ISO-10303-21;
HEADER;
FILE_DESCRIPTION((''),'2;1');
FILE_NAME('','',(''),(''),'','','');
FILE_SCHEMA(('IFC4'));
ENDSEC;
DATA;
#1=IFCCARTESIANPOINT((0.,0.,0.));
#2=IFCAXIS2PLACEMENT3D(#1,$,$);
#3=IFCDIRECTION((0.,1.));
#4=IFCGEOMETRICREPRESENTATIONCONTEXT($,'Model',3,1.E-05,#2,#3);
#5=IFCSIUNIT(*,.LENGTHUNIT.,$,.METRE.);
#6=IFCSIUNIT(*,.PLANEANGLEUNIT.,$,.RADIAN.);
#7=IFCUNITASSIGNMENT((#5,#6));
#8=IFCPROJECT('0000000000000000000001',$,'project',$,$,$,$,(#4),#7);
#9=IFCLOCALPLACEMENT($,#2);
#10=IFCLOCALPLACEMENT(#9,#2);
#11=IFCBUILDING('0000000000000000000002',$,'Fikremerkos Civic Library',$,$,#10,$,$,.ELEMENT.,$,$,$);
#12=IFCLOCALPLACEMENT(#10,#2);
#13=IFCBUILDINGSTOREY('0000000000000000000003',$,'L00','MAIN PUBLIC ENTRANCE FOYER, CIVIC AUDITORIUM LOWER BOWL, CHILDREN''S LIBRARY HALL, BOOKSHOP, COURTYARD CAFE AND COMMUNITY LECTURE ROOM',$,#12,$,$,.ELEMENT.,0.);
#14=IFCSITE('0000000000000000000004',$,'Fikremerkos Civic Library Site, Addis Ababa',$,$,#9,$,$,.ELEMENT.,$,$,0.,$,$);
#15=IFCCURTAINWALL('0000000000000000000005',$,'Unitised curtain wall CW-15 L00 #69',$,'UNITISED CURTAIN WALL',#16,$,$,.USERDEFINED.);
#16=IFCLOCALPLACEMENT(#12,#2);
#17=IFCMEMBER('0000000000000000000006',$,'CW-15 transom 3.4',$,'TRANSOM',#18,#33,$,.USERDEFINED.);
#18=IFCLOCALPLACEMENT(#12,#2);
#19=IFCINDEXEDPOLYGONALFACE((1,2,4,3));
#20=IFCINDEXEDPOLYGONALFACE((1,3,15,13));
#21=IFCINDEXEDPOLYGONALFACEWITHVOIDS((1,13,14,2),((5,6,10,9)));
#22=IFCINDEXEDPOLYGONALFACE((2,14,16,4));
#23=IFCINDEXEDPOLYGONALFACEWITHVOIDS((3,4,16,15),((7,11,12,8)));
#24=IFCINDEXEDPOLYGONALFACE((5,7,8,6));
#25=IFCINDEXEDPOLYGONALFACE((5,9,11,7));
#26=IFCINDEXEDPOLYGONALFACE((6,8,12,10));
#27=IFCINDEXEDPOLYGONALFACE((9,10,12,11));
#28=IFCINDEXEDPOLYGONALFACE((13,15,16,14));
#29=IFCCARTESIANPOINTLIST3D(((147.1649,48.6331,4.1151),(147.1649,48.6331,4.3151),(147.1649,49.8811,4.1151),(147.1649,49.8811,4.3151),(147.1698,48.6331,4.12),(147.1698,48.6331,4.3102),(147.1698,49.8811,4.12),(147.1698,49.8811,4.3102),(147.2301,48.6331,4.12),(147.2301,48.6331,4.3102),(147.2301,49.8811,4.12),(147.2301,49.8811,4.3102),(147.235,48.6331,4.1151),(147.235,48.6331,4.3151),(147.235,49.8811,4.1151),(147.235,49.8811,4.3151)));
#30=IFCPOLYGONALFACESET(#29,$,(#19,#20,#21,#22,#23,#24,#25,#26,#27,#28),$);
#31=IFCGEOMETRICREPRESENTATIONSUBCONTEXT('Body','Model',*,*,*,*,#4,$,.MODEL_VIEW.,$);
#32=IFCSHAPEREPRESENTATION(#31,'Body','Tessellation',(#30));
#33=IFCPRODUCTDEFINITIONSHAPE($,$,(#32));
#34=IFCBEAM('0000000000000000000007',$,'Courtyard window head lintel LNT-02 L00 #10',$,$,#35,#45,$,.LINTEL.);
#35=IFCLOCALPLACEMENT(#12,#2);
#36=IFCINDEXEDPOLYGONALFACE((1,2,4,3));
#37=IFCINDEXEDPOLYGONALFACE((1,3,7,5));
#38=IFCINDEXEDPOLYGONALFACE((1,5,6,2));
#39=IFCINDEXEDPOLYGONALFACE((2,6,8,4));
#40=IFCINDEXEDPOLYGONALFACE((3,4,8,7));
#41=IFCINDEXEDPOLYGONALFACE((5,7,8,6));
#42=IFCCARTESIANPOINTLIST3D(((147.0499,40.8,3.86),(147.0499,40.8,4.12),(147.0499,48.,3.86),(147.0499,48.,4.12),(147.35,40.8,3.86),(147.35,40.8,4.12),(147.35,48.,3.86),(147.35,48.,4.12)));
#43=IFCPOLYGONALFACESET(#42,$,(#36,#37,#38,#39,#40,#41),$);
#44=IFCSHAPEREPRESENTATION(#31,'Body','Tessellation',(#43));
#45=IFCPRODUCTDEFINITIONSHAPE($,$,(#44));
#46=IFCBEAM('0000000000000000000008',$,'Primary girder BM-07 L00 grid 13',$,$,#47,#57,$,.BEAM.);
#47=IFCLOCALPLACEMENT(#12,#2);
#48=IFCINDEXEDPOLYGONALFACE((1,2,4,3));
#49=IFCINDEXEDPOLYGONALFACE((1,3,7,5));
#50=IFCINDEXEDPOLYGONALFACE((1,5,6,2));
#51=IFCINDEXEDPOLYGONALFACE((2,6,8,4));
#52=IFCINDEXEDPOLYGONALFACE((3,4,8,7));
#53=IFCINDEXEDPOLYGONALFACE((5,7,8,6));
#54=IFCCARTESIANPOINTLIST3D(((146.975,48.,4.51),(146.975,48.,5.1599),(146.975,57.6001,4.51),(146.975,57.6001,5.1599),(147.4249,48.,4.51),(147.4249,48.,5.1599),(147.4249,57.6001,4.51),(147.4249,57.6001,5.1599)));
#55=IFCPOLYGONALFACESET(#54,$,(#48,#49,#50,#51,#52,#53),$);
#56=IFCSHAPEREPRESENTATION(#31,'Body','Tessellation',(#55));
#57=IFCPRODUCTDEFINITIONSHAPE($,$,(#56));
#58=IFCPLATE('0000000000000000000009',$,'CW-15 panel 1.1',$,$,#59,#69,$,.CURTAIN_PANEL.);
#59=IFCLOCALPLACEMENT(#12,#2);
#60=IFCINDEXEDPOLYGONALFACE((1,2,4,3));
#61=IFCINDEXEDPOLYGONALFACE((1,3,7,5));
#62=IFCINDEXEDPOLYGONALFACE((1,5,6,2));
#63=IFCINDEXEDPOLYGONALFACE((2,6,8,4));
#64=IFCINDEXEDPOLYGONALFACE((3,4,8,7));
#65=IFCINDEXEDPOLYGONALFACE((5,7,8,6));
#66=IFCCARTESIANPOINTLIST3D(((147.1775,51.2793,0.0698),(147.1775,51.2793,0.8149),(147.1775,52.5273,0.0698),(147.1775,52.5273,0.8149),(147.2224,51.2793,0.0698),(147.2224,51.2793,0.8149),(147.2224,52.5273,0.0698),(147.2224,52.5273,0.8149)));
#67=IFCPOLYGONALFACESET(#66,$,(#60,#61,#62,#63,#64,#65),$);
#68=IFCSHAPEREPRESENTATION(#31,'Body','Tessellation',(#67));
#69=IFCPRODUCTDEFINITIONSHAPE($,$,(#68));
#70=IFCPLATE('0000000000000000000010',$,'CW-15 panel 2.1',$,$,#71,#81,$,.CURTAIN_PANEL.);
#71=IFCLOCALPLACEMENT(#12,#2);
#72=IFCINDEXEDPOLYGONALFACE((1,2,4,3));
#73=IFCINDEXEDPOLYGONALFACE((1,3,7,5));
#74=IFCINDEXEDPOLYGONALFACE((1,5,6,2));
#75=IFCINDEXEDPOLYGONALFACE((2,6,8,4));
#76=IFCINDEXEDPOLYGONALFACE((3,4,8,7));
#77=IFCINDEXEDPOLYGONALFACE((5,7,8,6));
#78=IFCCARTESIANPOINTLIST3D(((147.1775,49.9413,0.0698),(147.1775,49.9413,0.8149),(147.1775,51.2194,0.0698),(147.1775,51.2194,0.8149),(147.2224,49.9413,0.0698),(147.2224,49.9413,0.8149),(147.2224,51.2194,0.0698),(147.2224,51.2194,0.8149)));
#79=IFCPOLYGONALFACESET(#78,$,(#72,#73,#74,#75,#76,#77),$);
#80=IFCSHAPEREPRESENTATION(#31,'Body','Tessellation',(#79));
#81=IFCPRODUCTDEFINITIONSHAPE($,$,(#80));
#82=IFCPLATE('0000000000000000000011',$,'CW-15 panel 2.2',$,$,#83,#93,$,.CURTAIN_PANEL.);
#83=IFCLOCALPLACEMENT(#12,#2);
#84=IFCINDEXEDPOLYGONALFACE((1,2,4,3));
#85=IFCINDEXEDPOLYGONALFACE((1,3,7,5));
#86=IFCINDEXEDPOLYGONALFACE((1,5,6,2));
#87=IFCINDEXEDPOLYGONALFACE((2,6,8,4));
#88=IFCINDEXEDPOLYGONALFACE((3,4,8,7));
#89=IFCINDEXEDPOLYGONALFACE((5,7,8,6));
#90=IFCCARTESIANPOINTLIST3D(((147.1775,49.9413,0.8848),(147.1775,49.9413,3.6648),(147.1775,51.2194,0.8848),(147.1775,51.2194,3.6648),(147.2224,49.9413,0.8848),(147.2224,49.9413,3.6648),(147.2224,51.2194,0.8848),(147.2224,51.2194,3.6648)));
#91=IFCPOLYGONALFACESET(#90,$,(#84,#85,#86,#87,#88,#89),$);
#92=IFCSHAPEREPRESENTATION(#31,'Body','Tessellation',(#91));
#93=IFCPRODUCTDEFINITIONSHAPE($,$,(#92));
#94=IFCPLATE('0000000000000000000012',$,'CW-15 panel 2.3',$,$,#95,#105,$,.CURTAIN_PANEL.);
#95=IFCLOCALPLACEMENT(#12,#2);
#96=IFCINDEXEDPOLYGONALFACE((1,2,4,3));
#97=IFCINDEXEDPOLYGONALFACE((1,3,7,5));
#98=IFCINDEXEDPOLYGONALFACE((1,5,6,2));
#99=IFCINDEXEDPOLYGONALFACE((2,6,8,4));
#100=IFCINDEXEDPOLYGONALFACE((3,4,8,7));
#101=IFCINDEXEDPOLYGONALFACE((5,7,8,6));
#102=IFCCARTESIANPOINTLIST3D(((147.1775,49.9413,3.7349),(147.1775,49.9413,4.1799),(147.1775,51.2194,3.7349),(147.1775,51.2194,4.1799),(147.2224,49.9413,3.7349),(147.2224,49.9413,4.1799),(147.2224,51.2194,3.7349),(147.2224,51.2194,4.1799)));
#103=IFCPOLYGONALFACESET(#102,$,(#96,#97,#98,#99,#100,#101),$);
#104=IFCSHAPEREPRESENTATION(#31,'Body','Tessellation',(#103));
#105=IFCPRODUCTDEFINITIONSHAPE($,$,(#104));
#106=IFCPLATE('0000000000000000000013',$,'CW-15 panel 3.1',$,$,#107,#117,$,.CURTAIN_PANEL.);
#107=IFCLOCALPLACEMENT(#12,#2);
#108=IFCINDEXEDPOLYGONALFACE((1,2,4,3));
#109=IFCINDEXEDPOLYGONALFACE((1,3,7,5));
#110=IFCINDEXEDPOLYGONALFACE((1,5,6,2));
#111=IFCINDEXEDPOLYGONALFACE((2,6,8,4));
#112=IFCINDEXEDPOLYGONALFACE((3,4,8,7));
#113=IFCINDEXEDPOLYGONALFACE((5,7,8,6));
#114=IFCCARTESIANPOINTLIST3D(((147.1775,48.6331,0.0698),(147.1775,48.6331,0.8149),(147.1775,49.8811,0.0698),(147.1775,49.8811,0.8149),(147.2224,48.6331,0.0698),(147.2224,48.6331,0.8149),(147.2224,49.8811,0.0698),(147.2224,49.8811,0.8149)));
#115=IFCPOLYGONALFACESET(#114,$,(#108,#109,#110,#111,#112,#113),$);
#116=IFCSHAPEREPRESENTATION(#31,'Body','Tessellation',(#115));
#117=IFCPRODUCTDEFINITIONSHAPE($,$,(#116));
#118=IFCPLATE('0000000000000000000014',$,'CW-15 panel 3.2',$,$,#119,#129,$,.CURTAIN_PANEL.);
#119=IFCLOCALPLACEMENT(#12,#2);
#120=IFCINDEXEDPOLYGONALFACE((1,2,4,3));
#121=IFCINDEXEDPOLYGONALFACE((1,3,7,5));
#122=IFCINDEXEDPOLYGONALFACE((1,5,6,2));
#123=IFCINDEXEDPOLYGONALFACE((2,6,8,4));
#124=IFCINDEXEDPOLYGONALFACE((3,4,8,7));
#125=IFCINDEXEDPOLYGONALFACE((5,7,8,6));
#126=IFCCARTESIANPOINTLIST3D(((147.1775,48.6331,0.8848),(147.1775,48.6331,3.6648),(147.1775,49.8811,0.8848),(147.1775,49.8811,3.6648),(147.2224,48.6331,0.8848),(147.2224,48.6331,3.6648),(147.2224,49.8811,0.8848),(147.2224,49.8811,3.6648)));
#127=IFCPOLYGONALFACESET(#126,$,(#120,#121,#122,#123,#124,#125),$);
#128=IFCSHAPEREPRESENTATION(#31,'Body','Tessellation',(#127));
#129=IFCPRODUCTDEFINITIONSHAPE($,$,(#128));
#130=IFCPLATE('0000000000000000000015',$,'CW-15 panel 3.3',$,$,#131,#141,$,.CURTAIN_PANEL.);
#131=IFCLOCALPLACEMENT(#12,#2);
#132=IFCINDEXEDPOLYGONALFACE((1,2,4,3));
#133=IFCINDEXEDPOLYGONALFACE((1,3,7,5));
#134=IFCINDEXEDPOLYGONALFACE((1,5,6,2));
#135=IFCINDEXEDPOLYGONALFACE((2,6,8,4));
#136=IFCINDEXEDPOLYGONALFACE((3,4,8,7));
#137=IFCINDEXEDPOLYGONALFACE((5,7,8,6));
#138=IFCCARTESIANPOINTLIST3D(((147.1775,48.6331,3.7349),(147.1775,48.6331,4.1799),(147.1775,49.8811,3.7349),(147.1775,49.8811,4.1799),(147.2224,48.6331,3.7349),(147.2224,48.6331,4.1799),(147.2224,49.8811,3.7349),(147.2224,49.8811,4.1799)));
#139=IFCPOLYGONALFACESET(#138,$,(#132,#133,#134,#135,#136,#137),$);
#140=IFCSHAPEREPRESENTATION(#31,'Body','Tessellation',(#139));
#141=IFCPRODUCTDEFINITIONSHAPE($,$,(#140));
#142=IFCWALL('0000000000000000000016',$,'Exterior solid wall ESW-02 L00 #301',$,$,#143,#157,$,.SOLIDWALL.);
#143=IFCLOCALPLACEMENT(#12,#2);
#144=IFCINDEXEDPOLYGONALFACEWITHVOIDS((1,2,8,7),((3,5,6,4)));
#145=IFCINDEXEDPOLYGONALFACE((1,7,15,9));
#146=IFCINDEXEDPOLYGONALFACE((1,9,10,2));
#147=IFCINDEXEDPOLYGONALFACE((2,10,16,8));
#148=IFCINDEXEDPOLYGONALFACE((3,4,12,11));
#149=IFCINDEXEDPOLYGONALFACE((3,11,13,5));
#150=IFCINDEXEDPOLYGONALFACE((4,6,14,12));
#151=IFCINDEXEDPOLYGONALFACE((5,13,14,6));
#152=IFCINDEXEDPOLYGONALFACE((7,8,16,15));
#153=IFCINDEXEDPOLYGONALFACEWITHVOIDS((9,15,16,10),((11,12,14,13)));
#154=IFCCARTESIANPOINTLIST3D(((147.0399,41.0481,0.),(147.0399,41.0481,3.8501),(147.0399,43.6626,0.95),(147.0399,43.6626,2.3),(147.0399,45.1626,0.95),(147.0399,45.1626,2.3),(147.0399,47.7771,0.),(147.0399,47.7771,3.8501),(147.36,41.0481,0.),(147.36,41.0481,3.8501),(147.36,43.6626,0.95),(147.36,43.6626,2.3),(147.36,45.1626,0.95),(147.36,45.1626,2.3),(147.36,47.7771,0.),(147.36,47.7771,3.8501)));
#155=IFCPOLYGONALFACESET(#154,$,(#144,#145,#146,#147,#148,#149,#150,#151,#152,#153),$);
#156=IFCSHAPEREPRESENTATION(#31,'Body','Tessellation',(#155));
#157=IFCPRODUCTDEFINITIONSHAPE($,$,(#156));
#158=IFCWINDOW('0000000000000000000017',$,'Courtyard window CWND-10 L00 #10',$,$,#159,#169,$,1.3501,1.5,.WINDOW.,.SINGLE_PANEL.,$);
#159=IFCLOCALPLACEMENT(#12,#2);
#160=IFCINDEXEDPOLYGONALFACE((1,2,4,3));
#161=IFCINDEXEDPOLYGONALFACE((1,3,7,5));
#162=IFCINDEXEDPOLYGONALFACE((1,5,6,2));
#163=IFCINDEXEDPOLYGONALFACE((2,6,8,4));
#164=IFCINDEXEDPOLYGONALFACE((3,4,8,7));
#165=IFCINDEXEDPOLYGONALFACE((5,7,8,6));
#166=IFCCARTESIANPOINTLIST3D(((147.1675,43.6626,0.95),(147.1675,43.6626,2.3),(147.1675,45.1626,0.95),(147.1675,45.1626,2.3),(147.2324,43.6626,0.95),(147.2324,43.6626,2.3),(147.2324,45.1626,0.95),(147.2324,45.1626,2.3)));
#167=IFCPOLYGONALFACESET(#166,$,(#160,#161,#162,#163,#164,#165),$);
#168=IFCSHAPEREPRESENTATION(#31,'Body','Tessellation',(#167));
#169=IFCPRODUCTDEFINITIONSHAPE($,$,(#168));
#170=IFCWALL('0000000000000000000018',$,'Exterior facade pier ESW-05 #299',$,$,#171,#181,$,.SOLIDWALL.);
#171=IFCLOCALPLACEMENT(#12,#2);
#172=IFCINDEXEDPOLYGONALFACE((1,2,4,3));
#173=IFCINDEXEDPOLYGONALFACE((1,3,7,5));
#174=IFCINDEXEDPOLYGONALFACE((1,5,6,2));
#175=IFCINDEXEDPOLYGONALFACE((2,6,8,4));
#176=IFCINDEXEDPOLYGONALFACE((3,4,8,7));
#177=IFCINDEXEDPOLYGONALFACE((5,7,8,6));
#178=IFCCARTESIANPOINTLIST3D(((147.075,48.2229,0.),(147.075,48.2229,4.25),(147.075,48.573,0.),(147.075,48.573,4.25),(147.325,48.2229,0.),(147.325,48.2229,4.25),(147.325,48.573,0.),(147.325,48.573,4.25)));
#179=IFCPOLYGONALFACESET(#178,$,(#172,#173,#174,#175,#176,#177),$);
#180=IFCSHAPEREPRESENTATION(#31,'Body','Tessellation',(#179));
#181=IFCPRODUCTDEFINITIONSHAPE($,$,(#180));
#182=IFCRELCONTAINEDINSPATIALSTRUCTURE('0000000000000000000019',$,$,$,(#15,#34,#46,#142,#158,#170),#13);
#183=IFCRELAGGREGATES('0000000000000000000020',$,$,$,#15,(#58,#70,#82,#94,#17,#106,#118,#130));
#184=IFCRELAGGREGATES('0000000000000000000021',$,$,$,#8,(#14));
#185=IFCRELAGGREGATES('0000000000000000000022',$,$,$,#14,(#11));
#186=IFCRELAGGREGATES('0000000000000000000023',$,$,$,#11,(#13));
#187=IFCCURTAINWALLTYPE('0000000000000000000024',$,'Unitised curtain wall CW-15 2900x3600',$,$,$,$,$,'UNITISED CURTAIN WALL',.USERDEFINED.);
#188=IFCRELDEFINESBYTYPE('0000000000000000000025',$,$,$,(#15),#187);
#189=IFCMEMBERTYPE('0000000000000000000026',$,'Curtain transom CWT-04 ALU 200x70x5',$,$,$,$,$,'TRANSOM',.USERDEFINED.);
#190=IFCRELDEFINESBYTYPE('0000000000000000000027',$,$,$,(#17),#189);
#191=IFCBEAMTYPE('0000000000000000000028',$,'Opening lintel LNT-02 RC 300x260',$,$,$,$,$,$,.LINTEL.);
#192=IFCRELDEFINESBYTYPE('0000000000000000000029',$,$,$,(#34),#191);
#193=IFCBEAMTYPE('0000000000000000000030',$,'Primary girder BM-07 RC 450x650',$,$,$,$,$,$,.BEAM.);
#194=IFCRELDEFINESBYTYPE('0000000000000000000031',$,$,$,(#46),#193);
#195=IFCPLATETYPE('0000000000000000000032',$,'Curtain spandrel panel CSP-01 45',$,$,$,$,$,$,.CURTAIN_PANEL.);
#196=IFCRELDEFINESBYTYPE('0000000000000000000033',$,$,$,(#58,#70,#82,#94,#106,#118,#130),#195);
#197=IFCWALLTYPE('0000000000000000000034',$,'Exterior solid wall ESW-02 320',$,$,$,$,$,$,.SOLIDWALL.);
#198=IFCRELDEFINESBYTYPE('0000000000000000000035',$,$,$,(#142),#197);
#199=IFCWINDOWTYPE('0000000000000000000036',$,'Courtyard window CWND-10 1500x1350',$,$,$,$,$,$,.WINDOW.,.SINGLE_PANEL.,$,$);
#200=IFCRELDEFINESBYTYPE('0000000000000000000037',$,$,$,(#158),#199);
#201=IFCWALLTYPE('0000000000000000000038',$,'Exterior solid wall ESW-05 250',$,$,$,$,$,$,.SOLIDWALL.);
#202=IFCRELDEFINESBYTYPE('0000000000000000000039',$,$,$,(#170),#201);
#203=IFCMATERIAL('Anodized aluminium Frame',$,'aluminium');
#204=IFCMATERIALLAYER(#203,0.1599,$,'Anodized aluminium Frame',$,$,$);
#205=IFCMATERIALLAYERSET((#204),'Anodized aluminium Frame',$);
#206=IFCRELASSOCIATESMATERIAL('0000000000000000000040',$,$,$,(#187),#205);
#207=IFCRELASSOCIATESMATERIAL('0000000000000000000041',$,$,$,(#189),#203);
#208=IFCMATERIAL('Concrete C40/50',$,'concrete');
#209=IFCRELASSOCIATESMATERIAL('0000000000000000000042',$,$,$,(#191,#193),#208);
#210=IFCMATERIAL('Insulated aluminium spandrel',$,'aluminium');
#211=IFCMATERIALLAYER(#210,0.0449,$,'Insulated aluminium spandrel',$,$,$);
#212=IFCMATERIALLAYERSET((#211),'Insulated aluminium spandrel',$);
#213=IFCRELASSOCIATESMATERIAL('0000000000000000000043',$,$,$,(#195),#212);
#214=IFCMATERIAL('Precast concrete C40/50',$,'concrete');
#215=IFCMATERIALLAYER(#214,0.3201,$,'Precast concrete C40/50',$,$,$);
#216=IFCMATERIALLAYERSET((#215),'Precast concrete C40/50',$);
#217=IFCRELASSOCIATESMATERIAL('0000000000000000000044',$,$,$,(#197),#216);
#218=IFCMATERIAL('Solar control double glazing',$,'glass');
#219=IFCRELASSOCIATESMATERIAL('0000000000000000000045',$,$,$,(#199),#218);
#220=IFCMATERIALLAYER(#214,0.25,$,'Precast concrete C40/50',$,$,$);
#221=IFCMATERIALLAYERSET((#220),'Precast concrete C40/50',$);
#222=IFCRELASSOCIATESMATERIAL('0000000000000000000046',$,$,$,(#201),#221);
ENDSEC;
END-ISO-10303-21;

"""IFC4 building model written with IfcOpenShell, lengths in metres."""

from ifc_helpers import new_model, si_unit, direction, frame, frame_2d, origin, origin_2d, place, context, subcontext, project, spatial, rectangle, hollow_rectangle, extrude, material, layer, layer_set, material_profile, profile_set, type_object, element, fill, aggregate, save


model = new_model("IFC4")

# Units and contexts
model_context = context("Model", 3, precision=1e-05, world=origin(), true_north=direction((0.0, 1.0)))
body_context = subcontext(model_context, "Body", "Model", "MODEL_VIEW")
ifc_project = project(units=[si_unit("LENGTHUNIT", "METRE"), si_unit("PLANEANGLEUNIT", "RADIAN")], contexts=[model_context])

# Site, building, storey
site_placement = place(None, origin())
site = spatial("IfcSite", under=ifc_project, at=site_placement, Name="Fikremerkos Civic Library Site, Addis Ababa", CompositionType="ELEMENT", RefElevation=0.0)
building_placement = place(site_placement, origin())
building = spatial("IfcBuilding", under=site, at=building_placement, Name="Fikremerkos Civic Library", CompositionType="ELEMENT")
storey_placement = place(building_placement, origin())
storey = spatial("IfcBuildingStorey", under=building, at=storey_placement, Name="L00", Description="MAIN PUBLIC ENTRANCE FOYER, CIVIC AUDITORIUM LOWER BOWL, CHILDREN'S LIBRARY HALL, BOOKSHOP, COURTYARD CAFE AND COMMUNITY LECTURE ROOM", CompositionType="ELEMENT", Elevation=0.0)

# Shared definitions
ifc_material_1 = material(Name="Concrete C40/50", Category="concrete")

# Curtain wall, member
ifc_material_2 = material(Name="Anodized aluminium Frame", Category="aluminium")
ifc_layer_1 = layer(ifc_material_2, 0.1599, Name="Anodized aluminium Frame")
ifc_layer_set_1 = layer_set([ifc_layer_1], Name="Anodized aluminium Frame")
curtain_wall_type = type_object("IfcCurtainWallType", Name="Unitised curtain wall CW-15 2900x3600", ElementType="UNITISED CURTAIN WALL", PredefinedType="USERDEFINED", material=ifc_layer_set_1)
curtain_wall_placement = place(storey_placement, origin())
curtain_wall = element("IfcCurtainWall", 1, at=curtain_wall_placement, inside=storey, type_object=curtain_wall_type, Name="Unitised curtain wall CW-15 L00 #69", ObjectType="UNITISED CURTAIN WALL", PredefinedType="USERDEFINED")
ifc_material_profile_1 = material_profile(ifc_material_2, hollow_rectangle(XDim=0.0701, YDim=0.2, WallThickness=0.0049, at=origin_2d()), Name="ALU 200x70x5")
ifc_profile_set_1 = profile_set([ifc_material_profile_1], Name="Anodized aluminium Frame")
member_type_1 = type_object("IfcMemberType", Name="Curtain transom CWT-04 ALU 200x70x5", ElementType="TRANSOM", PredefinedType="USERDEFINED", material=ifc_profile_set_1)
member_1_placement = place(storey_placement, frame((147.2, 49.8811, 4.2151), z_axis=(0.0, -1.0, 0.0), x_axis=(1.0, 0.0, 0.0)))
member_1 = element("IfcMember", 2, at=member_1_placement, type_object=member_type_1, Name="CW-15 transom 3.4", ObjectType="TRANSOM", PredefinedType="USERDEFINED", context=body_context, shape_type="SweptSolid", body=[
    extrude(hollow_rectangle(XDim=0.0701, YDim=0.2, WallThickness=0.0049, at=origin_2d()), origin(), (0.0, 0.0, 1.0), 1.248),
])

# Beams
ifc_material_profile_2 = material_profile(ifc_material_1, rectangle(XDim=0.3, YDim=0.26, at=origin_2d()), Name="RC 300x260")
ifc_profile_set_2 = profile_set([ifc_material_profile_2], Name="Concrete C40/50")
beam_type_1 = type_object("IfcBeamType", Name="Opening lintel LNT-02 RC 300x260", PredefinedType="LINTEL", material=ifc_profile_set_2)
beam_1_placement = place(storey_placement, frame((147.2, 48.0, 3.99), z_axis=(0.0, -1.0, 0.0), x_axis=(1.0, 0.0, 0.0)))
element("IfcBeam", 3, at=beam_1_placement, inside=storey, type_object=beam_type_1, Name="Courtyard window head lintel LNT-02 L00 #10", PredefinedType="LINTEL", context=body_context, shape_type="SweptSolid", body=[
    extrude(rectangle(XDim=0.3, YDim=0.26, at=origin_2d()), origin(), (0.0, 0.0, 1.0), 7.2),
])
ifc_material_profile_3 = material_profile(ifc_material_1, rectangle(XDim=0.45, YDim=0.6499, at=origin_2d()), Name="RC 450x650")
ifc_profile_set_3 = profile_set([ifc_material_profile_3], Name="Concrete C40/50")
beam_type_2 = type_object("IfcBeamType", Name="Primary girder BM-07 RC 450x650", PredefinedType="BEAM", material=ifc_profile_set_3)
beam_2_placement = place(storey_placement, frame((147.2, 48.0, 4.835), z_axis=(0.0, 1.0, 0.0), x_axis=(-1.0, 0.0, 0.0)))
element("IfcBeam", 4, at=beam_2_placement, inside=storey, type_object=beam_type_2, Name="Primary girder BM-07 L00 grid 13", PredefinedType="BEAM", context=body_context, shape_type="SweptSolid", body=[
    extrude(rectangle(XDim=0.45, YDim=0.6499, at=origin_2d()), origin(), (0.0, 0.0, 1.0), 9.6001),
])

# Plates
ifc_material_3 = material(Name="Insulated aluminium spandrel", Category="aluminium")
ifc_layer_2 = layer(ifc_material_3, 0.0449, Name="Insulated aluminium spandrel")
ifc_layer_set_2 = layer_set([ifc_layer_2], Name="Insulated aluminium spandrel")
plate_type = type_object("IfcPlateType", Name="Curtain spandrel panel CSP-01 45", PredefinedType="CURTAIN_PANEL", material=ifc_layer_set_2)
plate_1_placement = place(storey_placement, frame((147.2, 51.9033, 0.0698), z_axis=(0.0, 0.0, 1.0), x_axis=(0.0, -1.0, 0.0)))
plate_1 = element("IfcPlate", 5, at=plate_1_placement, type_object=plate_type, Name="CW-15 panel 1.1", PredefinedType="CURTAIN_PANEL", context=body_context, shape_type="SweptSolid", body=[
    extrude(rectangle(XDim=1.248, YDim=0.0449, at=origin_2d()), origin(), (0.0, 0.0, 1.0), 0.7451),
])
plate_2_placement = place(storey_placement, frame((147.2, 50.5803, 0.0698), z_axis=(0.0, 0.0, 1.0), x_axis=(0.0, -1.0, 0.0)))
plate_2 = element("IfcPlate", 6, at=plate_2_placement, type_object=plate_type, Name="CW-15 panel 2.1", PredefinedType="CURTAIN_PANEL", context=body_context, shape_type="SweptSolid", body=[
    extrude(rectangle(XDim=1.2781, YDim=0.0449, at=origin_2d()), origin(), (0.0, 0.0, 1.0), 0.7451),
])
plate_3_placement = place(storey_placement, frame((147.2, 50.5803, 0.8848), z_axis=(0.0, 0.0, 1.0), x_axis=(0.0, -1.0, 0.0)))
plate_3 = element("IfcPlate", 7, at=plate_3_placement, type_object=plate_type, Name="CW-15 panel 2.2", PredefinedType="CURTAIN_PANEL", context=body_context, shape_type="SweptSolid", body=[
    extrude(rectangle(XDim=1.2781, YDim=0.0449, at=origin_2d()), origin(), (0.0, 0.0, 1.0), 2.78),
])
plate_4_placement = place(storey_placement, frame((147.2, 50.5803, 3.7349), z_axis=(0.0, 0.0, 1.0), x_axis=(0.0, -1.0, 0.0)))
plate_4 = element("IfcPlate", 8, at=plate_4_placement, type_object=plate_type, Name="CW-15 panel 2.3", PredefinedType="CURTAIN_PANEL", context=body_context, shape_type="SweptSolid", body=[
    extrude(rectangle(XDim=1.2781, YDim=0.0449, at=origin_2d()), origin(), (0.0, 0.0, 1.0), 0.4451),
])
plate_5_placement = place(storey_placement, frame((147.2, 49.2571, 0.0698), z_axis=(0.0, 0.0, 1.0), x_axis=(0.0, -1.0, 0.0)))
plate_5 = element("IfcPlate", 9, at=plate_5_placement, type_object=plate_type, Name="CW-15 panel 3.1", PredefinedType="CURTAIN_PANEL", context=body_context, shape_type="SweptSolid", body=[
    extrude(rectangle(XDim=1.248, YDim=0.0449, at=origin_2d()), origin(), (0.0, 0.0, 1.0), 0.7451),
])
plate_6_placement = place(storey_placement, frame((147.2, 49.2571, 0.8848), z_axis=(0.0, 0.0, 1.0), x_axis=(0.0, -1.0, 0.0)))
plate_6 = element("IfcPlate", 10, at=plate_6_placement, type_object=plate_type, Name="CW-15 panel 3.2", PredefinedType="CURTAIN_PANEL", context=body_context, shape_type="SweptSolid", body=[
    extrude(rectangle(XDim=1.248, YDim=0.0449, at=origin_2d()), origin(), (0.0, 0.0, 1.0), 2.78),
])
plate_7_placement = place(storey_placement, frame((147.2, 49.2571, 3.7349), z_axis=(0.0, 0.0, 1.0), x_axis=(0.0, -1.0, 0.0)))
plate_7 = element("IfcPlate", 11, at=plate_7_placement, type_object=plate_type, Name="CW-15 panel 3.3", PredefinedType="CURTAIN_PANEL", context=body_context, shape_type="SweptSolid", body=[
    extrude(rectangle(XDim=1.248, YDim=0.0449, at=origin_2d()), origin(), (0.0, 0.0, 1.0), 0.4451),
])
aggregate(curtain_wall, [plate_1, plate_2, plate_3, plate_4, member_1, plate_5, plate_6, plate_7])

# Wall, opening, window
ifc_material_4 = material(Name="Precast concrete C40/50", Category="concrete")
ifc_layer_3 = layer(ifc_material_4, 0.3201, Name="Precast concrete C40/50")
ifc_layer_set_3 = layer_set([ifc_layer_3], Name="Precast concrete C40/50")
wall_type_1 = type_object("IfcWallType", Name="Exterior solid wall ESW-02 320", PredefinedType="SOLIDWALL", material=ifc_layer_set_3)
wall_1_placement = place(storey_placement, frame((147.2, 47.7771, 0.0), z_axis=(0.0, 0.0, 1.0), x_axis=(0.0, -1.0, 0.0)))
wall_1 = element("IfcWall", 12, at=wall_1_placement, inside=storey, type_object=wall_type_1, Name="Exterior solid wall ESW-02 L00 #301", PredefinedType="SOLIDWALL", context=body_context, shape_type="SweptSolid", body=[
    extrude(rectangle(XDim=6.729, YDim=0.3201, at=frame_2d((3.3645, 0.0))), origin(), (0.0, 0.0, 1.0), 3.8501),
])
opening_placement = place(wall_1_placement, frame((2.6145, 0.0, 0.95)))
opening = element("IfcOpeningElement", 13, at=opening_placement, cuts=wall_1, PredefinedType="OPENING", context=body_context, shape_type="SweptSolid", body=[
    extrude(rectangle(XDim=1.5, YDim=1.3501, at=frame_2d((0.75, 0.675))), frame((0.0, 0.1699, 0.0), z_axis=(0.0, -1.0, 0.0), x_axis=(1.0, 0.0, 0.0)), (0.0, 0.0, 1.0), 0.3401),
])
ifc_material_5 = material(Name="Solar control double glazing", Category="glass")
window_type = type_object("IfcWindowType", Name="Courtyard window CWND-10 1500x1350", PartitioningType="SINGLE_PANEL", PredefinedType="WINDOW", material=ifc_material_5)
window_placement = place(opening_placement, origin())
window = element("IfcWindow", 14, at=window_placement, inside=storey, type_object=window_type, Name="Courtyard window CWND-10 L00 #10", OverallHeight=1.3501, OverallWidth=1.5, PartitioningType="SINGLE_PANEL", PredefinedType="WINDOW", context=body_context, shape_type="SweptSolid", body=[
    extrude(rectangle(XDim=1.5, YDim=1.3501, at=frame_2d((0.75, 0.675))), frame((0.0, 0.0325, 0.0), z_axis=(0.0, -1.0, 0.0), x_axis=(1.0, 0.0, 0.0)), (0.0, 0.0, 1.0), 0.0649),
])
fill(opening, window)

# Wall
ifc_layer_4 = layer(ifc_material_4, 0.25, Name="Precast concrete C40/50")
ifc_layer_set_4 = layer_set([ifc_layer_4], Name="Precast concrete C40/50")
wall_type_2 = type_object("IfcWallType", Name="Exterior solid wall ESW-05 250", PredefinedType="SOLIDWALL", material=ifc_layer_set_4)
wall_2_placement = place(storey_placement, frame((147.2, 48.573, 0.0), z_axis=(0.0, 0.0, 1.0), x_axis=(0.0, -1.0, 0.0)))
element("IfcWall", 15, at=wall_2_placement, inside=storey, type_object=wall_type_2, Name="Exterior facade pier ESW-05 #299", PredefinedType="SOLIDWALL", context=body_context, shape_type="SweptSolid", body=[
    extrude(rectangle(XDim=0.3501, YDim=0.25, at=frame_2d((0.175, 0.0))), origin(), (0.0, 0.0, 1.0), 4.25),
])

save(model, "model.ifc")
